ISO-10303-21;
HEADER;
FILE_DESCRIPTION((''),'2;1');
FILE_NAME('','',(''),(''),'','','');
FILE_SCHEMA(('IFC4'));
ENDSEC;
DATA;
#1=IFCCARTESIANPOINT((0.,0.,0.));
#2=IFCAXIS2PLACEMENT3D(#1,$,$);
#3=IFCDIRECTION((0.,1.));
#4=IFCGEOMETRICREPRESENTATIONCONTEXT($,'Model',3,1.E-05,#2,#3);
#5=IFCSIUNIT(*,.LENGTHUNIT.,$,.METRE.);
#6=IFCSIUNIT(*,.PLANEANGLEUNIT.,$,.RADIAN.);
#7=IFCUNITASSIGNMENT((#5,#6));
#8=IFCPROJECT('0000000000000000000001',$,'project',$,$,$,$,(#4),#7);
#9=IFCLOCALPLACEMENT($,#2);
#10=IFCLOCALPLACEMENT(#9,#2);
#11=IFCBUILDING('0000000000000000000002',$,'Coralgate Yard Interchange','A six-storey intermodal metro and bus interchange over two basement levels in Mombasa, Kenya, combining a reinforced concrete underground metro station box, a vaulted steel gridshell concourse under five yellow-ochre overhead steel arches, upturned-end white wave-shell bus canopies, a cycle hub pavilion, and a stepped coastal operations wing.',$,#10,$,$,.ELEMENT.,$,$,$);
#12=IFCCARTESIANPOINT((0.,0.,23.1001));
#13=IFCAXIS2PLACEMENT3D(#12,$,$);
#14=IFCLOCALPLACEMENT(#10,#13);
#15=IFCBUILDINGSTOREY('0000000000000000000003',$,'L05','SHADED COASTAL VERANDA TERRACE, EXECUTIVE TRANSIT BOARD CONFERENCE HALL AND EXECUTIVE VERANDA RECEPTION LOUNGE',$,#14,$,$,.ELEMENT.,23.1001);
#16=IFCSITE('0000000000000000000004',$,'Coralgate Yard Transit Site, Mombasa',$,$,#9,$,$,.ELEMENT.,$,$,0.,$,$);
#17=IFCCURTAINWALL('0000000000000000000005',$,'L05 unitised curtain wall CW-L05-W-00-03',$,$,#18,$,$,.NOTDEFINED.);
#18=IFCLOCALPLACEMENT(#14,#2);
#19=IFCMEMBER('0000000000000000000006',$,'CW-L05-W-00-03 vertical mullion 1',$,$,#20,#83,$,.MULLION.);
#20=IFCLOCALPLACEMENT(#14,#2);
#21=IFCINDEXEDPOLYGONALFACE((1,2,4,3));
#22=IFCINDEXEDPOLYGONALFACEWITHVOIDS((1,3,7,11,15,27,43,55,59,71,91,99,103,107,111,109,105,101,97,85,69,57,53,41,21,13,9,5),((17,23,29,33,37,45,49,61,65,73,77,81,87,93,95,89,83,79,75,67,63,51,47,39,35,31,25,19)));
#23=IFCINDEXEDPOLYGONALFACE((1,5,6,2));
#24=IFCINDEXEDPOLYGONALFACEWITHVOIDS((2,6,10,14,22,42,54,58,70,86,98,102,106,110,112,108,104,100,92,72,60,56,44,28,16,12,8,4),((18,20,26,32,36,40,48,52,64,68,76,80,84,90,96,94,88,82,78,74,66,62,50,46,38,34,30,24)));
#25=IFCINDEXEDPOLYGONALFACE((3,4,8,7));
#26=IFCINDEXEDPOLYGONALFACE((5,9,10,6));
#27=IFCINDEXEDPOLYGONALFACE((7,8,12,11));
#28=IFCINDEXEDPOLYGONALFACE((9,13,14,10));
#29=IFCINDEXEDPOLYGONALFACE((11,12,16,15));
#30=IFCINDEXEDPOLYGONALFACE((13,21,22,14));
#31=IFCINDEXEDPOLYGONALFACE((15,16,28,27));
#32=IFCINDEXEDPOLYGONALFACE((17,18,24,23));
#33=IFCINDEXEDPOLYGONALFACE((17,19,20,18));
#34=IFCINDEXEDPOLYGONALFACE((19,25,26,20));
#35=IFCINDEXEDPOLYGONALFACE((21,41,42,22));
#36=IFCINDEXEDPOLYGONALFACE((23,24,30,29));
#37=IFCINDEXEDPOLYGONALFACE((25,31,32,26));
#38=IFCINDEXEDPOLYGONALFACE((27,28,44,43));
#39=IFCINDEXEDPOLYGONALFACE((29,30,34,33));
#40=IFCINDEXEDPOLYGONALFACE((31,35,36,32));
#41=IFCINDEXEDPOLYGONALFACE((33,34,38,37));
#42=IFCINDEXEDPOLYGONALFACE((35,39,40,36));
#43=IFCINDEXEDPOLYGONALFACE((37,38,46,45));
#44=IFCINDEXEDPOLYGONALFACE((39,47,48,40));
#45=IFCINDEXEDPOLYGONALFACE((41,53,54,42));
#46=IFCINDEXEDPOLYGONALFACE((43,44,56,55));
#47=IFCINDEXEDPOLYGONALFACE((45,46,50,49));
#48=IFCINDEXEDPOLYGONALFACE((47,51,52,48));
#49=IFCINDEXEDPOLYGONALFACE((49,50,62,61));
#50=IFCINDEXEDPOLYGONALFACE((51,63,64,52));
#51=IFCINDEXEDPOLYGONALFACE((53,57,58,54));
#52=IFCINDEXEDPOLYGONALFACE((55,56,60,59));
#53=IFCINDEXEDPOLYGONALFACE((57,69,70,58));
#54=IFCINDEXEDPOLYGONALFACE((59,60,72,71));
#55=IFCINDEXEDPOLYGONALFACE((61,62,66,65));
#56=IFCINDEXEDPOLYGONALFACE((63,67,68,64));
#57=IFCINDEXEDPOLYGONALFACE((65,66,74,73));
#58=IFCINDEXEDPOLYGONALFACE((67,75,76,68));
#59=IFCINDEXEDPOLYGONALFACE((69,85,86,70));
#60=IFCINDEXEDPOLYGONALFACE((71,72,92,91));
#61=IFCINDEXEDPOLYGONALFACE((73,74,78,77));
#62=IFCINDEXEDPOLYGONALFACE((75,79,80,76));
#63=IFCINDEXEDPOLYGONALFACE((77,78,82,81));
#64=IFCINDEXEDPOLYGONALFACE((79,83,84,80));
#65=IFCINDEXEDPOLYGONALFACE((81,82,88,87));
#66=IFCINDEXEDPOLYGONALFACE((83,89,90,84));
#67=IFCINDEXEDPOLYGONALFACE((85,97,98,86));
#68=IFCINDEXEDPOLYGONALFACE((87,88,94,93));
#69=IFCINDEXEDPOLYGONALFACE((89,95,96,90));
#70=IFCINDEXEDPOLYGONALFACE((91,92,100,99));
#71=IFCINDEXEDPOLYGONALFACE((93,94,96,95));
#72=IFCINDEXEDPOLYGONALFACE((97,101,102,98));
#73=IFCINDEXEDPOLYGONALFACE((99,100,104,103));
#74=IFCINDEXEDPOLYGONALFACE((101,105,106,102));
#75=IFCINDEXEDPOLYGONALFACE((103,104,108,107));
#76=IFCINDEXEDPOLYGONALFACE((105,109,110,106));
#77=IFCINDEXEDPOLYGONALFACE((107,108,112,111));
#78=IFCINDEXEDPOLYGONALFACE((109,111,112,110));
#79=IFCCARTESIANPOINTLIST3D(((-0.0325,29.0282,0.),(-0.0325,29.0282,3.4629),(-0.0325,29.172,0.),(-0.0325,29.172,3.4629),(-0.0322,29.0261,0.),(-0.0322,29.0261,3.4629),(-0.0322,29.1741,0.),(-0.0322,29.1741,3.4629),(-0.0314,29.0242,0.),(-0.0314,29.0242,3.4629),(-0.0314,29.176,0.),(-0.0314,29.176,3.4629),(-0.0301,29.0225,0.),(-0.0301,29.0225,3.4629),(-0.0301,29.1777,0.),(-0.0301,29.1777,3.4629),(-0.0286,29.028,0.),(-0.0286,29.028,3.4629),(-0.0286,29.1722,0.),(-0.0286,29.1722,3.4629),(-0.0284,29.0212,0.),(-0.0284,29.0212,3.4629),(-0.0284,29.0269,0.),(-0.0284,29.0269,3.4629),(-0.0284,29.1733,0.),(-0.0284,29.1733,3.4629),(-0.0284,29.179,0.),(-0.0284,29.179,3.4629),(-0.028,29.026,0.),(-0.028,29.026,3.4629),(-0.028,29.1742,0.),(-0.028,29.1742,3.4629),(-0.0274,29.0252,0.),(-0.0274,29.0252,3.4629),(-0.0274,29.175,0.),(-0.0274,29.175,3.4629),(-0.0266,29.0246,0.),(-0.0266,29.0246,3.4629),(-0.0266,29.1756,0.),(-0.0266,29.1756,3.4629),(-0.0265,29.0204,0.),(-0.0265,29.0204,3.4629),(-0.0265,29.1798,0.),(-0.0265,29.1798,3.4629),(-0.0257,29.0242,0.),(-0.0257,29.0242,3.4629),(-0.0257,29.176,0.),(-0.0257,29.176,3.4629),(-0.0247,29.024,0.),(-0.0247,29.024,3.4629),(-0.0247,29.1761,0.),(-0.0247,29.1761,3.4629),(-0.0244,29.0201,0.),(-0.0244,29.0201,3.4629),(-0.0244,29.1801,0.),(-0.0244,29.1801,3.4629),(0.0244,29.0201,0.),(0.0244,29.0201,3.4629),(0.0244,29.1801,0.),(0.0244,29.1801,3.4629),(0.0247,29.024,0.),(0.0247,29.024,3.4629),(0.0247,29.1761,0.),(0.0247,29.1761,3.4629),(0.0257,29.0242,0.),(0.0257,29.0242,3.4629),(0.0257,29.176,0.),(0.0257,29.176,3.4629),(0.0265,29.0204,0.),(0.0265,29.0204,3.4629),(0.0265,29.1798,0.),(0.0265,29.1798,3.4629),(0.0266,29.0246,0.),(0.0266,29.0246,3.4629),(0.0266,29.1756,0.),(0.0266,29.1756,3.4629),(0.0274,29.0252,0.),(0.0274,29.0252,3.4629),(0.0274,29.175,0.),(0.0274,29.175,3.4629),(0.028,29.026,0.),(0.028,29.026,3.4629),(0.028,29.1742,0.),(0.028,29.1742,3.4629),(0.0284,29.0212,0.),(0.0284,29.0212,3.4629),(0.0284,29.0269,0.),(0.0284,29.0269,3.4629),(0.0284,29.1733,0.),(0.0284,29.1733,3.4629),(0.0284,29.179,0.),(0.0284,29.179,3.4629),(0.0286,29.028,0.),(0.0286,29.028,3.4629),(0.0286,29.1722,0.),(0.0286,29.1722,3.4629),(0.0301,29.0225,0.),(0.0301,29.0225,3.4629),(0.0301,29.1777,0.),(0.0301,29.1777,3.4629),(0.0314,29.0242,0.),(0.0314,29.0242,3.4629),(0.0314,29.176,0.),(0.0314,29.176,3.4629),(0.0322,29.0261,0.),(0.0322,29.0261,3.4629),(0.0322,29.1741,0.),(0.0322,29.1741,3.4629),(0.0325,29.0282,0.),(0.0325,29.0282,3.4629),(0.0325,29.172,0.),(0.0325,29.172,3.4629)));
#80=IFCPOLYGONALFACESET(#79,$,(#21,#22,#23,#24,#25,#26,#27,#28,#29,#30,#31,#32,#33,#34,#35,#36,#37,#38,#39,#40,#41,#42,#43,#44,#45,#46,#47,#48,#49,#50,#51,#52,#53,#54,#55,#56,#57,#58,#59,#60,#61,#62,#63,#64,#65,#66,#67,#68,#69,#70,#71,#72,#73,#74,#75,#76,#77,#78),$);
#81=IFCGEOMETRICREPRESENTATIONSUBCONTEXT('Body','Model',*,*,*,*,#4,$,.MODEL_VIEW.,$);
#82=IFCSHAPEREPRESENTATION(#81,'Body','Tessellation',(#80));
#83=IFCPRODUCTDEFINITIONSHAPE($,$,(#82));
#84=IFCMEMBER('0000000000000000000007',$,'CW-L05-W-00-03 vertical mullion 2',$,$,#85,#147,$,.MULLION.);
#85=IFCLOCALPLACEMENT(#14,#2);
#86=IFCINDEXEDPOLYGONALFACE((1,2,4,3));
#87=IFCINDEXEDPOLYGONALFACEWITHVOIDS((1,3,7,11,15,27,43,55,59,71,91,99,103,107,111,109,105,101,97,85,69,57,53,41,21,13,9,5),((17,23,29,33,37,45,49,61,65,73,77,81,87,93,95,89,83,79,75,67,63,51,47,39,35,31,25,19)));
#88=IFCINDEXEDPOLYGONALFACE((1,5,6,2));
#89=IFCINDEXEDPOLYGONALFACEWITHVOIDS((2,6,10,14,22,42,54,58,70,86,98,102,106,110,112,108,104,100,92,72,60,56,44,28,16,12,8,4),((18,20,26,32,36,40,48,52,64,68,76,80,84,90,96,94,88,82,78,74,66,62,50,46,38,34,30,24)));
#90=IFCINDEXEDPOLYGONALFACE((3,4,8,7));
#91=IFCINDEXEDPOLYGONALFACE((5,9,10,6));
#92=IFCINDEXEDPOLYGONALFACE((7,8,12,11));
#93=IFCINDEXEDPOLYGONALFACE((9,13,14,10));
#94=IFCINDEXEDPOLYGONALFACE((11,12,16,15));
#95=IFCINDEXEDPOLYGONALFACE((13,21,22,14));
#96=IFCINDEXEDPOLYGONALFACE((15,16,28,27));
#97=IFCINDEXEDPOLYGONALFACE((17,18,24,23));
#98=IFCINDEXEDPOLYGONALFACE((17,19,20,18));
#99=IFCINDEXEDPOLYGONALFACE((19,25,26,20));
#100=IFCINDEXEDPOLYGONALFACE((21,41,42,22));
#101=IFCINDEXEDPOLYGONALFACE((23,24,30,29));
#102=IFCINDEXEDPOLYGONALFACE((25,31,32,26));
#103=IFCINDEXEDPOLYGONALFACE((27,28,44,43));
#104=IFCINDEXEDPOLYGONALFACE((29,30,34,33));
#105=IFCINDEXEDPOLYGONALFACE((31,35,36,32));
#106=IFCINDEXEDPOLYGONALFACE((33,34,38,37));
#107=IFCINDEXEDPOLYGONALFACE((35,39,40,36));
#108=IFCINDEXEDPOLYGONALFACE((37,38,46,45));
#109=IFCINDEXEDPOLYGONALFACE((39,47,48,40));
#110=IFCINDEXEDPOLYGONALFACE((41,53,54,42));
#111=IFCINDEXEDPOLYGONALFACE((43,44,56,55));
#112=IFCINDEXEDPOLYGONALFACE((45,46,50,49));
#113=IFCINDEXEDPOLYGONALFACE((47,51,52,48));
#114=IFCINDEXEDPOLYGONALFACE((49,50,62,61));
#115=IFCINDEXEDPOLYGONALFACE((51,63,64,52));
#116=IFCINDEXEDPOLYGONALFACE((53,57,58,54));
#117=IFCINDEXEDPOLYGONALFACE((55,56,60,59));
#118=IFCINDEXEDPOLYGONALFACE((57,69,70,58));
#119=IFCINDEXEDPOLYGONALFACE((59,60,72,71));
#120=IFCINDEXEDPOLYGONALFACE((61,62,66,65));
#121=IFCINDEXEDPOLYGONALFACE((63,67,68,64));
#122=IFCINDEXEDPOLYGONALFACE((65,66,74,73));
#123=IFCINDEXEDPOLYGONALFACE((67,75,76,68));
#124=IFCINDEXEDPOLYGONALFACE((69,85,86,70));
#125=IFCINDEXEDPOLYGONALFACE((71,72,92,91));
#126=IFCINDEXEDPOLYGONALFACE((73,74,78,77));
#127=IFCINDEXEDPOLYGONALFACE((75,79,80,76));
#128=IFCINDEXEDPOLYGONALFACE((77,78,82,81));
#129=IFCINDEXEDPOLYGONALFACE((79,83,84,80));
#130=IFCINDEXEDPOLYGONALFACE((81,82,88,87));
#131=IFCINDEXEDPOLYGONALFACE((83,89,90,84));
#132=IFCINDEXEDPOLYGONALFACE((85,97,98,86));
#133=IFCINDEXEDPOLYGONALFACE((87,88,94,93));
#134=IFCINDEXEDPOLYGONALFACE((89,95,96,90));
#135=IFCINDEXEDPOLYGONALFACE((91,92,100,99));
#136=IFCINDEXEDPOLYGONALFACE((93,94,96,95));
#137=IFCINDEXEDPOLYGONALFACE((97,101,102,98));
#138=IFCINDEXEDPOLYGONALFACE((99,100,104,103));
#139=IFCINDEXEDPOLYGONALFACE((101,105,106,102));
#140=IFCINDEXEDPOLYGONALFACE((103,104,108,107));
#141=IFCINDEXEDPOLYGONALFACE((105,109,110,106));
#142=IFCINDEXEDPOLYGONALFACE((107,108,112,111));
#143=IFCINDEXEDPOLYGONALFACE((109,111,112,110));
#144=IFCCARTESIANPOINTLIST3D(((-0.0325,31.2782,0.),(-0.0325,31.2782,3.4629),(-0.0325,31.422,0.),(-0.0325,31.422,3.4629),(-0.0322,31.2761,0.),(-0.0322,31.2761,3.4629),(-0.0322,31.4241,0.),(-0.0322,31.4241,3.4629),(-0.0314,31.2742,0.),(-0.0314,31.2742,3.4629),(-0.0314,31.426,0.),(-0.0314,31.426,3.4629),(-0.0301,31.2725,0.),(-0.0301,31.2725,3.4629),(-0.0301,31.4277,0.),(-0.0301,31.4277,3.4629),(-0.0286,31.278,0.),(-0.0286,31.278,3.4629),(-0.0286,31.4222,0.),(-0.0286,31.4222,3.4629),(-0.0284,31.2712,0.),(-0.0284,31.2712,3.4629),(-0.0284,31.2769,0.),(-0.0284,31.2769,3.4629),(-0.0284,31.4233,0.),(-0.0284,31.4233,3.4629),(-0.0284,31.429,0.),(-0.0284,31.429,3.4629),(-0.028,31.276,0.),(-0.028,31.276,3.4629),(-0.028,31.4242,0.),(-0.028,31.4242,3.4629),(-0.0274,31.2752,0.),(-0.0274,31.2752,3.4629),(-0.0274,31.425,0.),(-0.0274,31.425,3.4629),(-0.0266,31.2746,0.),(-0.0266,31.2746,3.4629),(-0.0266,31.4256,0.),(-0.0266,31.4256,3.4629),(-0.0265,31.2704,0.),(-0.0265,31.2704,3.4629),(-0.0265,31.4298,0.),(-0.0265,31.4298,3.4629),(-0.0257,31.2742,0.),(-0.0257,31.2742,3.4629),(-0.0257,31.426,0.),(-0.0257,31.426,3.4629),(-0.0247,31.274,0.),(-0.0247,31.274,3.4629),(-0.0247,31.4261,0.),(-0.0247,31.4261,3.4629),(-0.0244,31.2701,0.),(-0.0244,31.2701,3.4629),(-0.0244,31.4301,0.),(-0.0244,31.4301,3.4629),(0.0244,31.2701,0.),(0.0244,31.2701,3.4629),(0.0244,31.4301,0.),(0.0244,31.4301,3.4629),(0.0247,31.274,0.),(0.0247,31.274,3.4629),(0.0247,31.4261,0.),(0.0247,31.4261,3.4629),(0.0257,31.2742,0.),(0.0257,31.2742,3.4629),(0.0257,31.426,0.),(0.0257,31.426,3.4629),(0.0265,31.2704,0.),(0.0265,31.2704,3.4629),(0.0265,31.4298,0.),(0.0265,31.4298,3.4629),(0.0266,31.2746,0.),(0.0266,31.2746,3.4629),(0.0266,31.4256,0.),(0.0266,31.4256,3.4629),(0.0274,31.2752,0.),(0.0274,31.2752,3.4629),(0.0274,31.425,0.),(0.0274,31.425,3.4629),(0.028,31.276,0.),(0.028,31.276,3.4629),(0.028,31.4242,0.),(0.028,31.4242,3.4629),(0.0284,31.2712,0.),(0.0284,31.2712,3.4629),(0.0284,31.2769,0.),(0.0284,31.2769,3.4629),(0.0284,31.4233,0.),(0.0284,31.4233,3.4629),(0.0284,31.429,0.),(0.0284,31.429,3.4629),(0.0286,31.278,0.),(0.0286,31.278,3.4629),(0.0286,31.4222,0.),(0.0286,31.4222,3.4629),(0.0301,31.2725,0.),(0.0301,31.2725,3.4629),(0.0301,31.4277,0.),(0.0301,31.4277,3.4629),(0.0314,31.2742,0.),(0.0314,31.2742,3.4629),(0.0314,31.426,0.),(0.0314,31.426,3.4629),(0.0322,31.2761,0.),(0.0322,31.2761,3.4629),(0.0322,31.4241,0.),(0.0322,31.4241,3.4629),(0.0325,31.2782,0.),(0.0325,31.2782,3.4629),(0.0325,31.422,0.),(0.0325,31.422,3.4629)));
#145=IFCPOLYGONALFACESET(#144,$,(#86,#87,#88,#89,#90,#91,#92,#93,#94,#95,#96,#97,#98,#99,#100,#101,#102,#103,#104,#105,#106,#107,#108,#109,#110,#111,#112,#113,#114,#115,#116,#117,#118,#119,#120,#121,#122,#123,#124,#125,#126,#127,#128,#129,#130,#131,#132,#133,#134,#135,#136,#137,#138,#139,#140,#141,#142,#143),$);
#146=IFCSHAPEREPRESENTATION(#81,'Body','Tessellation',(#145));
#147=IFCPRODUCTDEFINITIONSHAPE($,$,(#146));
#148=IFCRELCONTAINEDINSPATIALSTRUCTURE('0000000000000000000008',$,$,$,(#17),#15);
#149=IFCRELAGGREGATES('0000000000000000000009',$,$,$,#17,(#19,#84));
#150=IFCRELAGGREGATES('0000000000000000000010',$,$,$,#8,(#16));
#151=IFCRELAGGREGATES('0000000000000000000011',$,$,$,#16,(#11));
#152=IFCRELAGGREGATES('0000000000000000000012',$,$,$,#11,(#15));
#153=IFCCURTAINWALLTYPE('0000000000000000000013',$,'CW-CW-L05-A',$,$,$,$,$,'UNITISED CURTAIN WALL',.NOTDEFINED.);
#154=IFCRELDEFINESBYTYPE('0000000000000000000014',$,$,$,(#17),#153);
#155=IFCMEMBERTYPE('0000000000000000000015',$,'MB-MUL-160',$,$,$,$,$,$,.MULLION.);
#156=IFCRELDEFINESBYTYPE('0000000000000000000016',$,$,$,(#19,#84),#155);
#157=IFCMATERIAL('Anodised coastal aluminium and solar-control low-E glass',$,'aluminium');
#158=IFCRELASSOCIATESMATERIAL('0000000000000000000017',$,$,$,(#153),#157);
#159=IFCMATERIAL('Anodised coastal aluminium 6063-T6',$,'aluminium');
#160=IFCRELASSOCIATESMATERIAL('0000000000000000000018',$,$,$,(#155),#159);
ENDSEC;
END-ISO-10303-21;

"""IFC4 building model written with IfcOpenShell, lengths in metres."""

from ifc_helpers import new_model, si_unit, direction, frame, origin, origin_2d, place, context, subcontext, project, spatial, hollow_rectangle, extrude, material, material_profile, profile_set, type_object, element, aggregate, save


model = new_model("IFC4")

# Units and contexts
model_context = context("Model", 3, precision=1e-05, world=origin(), true_north=direction((0.0, 1.0)))
body_context = subcontext(model_context, "Body", "Model", "MODEL_VIEW")
ifc_project = project(units=[si_unit("LENGTHUNIT", "METRE"), si_unit("PLANEANGLEUNIT", "RADIAN")], contexts=[model_context])

# Site, building, storey
site_placement = place(None, origin())
site = spatial("IfcSite", under=ifc_project, at=site_placement, Name="Coralgate Yard Transit Site, Mombasa", CompositionType="ELEMENT", RefElevation=0.0)
building_placement = place(site_placement, origin())
building = spatial("IfcBuilding", under=site, at=building_placement, Name="Coralgate Yard Interchange", Description="A six-storey intermodal metro and bus interchange over two basement levels in Mombasa, Kenya, combining a reinforced concrete underground metro station box, a vaulted steel gridshell concourse under five yellow-ochre overhead steel arches, upturned-end white wave-shell bus canopies, a cycle hub pavilion, and a stepped coastal operations wing.", CompositionType="ELEMENT")
storey_placement = place(building_placement, frame((0.0, 0.0, 23.1001)))
storey = spatial("IfcBuildingStorey", under=building, at=storey_placement, Name="L05", Description="SHADED COASTAL VERANDA TERRACE, EXECUTIVE TRANSIT BOARD CONFERENCE HALL AND EXECUTIVE VERANDA RECEPTION LOUNGE", CompositionType="ELEMENT", Elevation=23.1001)

# Curtain wall, members
ifc_material_1 = material(Name="Anodised coastal aluminium and solar-control low-E glass", Category="aluminium")
curtain_wall_type = type_object("IfcCurtainWallType", Name="CW-CW-L05-A", ElementType="UNITISED CURTAIN WALL", PredefinedType="NOTDEFINED", material=ifc_material_1)
curtain_wall_placement = place(storey_placement, origin())
curtain_wall = element("IfcCurtainWall", 1, at=curtain_wall_placement, inside=storey, type_object=curtain_wall_type, Name="L05 unitised curtain wall CW-L05-W-00-03", PredefinedType="NOTDEFINED")
ifc_material_2 = material(Name="Anodised coastal aluminium 6063-T6", Category="aluminium")
ifc_material_profile_1 = material_profile(ifc_material_2, hollow_rectangle(XDim=0.0649, YDim=0.1599, WallThickness=0.0039, InnerFilletRadius=0.0039, OuterFilletRadius=0.0081, at=origin_2d()), Name="ALU 65x160x4")
ifc_profile_set_1 = profile_set([ifc_material_profile_1], Name="Anodised coastal aluminium 6063-T6")
member_type_1 = type_object("IfcMemberType", Name="MB-MUL-160", PredefinedType="MULLION", material=ifc_profile_set_1)
member_1_placement = place(storey_placement, frame((0.0, 29.1001, 0.0), z_axis=(0.0, 0.0, 1.0), x_axis=(1.0, 0.0, 0.0)))
member_1 = element("IfcMember", 2, at=member_1_placement, type_object=member_type_1, Name="CW-L05-W-00-03 vertical mullion 1", PredefinedType="MULLION", context=body_context, shape_type="SweptSolid", body=[
    extrude(hollow_rectangle(XDim=0.0649, YDim=0.1599, WallThickness=0.0039, InnerFilletRadius=0.0039, OuterFilletRadius=0.0081, at=origin_2d()), origin(), (0.0, 0.0, 1.0), 3.4629),
])
member_2_placement = place(storey_placement, frame((0.0, 31.3501, 0.0), z_axis=(0.0, 0.0, 1.0), x_axis=(1.0, 0.0, 0.0)))
member_2 = element("IfcMember", 3, at=member_2_placement, type_object=member_type_1, Name="CW-L05-W-00-03 vertical mullion 2", PredefinedType="MULLION", context=body_context, shape_type="SweptSolid", body=[
    extrude(hollow_rectangle(XDim=0.0649, YDim=0.1599, WallThickness=0.0039, InnerFilletRadius=0.0039, OuterFilletRadius=0.0081, at=origin_2d()), origin(), (0.0, 0.0, 1.0), 3.4629),
])
aggregate(curtain_wall, [member_1, member_2])

save(model, "model.ifc")
